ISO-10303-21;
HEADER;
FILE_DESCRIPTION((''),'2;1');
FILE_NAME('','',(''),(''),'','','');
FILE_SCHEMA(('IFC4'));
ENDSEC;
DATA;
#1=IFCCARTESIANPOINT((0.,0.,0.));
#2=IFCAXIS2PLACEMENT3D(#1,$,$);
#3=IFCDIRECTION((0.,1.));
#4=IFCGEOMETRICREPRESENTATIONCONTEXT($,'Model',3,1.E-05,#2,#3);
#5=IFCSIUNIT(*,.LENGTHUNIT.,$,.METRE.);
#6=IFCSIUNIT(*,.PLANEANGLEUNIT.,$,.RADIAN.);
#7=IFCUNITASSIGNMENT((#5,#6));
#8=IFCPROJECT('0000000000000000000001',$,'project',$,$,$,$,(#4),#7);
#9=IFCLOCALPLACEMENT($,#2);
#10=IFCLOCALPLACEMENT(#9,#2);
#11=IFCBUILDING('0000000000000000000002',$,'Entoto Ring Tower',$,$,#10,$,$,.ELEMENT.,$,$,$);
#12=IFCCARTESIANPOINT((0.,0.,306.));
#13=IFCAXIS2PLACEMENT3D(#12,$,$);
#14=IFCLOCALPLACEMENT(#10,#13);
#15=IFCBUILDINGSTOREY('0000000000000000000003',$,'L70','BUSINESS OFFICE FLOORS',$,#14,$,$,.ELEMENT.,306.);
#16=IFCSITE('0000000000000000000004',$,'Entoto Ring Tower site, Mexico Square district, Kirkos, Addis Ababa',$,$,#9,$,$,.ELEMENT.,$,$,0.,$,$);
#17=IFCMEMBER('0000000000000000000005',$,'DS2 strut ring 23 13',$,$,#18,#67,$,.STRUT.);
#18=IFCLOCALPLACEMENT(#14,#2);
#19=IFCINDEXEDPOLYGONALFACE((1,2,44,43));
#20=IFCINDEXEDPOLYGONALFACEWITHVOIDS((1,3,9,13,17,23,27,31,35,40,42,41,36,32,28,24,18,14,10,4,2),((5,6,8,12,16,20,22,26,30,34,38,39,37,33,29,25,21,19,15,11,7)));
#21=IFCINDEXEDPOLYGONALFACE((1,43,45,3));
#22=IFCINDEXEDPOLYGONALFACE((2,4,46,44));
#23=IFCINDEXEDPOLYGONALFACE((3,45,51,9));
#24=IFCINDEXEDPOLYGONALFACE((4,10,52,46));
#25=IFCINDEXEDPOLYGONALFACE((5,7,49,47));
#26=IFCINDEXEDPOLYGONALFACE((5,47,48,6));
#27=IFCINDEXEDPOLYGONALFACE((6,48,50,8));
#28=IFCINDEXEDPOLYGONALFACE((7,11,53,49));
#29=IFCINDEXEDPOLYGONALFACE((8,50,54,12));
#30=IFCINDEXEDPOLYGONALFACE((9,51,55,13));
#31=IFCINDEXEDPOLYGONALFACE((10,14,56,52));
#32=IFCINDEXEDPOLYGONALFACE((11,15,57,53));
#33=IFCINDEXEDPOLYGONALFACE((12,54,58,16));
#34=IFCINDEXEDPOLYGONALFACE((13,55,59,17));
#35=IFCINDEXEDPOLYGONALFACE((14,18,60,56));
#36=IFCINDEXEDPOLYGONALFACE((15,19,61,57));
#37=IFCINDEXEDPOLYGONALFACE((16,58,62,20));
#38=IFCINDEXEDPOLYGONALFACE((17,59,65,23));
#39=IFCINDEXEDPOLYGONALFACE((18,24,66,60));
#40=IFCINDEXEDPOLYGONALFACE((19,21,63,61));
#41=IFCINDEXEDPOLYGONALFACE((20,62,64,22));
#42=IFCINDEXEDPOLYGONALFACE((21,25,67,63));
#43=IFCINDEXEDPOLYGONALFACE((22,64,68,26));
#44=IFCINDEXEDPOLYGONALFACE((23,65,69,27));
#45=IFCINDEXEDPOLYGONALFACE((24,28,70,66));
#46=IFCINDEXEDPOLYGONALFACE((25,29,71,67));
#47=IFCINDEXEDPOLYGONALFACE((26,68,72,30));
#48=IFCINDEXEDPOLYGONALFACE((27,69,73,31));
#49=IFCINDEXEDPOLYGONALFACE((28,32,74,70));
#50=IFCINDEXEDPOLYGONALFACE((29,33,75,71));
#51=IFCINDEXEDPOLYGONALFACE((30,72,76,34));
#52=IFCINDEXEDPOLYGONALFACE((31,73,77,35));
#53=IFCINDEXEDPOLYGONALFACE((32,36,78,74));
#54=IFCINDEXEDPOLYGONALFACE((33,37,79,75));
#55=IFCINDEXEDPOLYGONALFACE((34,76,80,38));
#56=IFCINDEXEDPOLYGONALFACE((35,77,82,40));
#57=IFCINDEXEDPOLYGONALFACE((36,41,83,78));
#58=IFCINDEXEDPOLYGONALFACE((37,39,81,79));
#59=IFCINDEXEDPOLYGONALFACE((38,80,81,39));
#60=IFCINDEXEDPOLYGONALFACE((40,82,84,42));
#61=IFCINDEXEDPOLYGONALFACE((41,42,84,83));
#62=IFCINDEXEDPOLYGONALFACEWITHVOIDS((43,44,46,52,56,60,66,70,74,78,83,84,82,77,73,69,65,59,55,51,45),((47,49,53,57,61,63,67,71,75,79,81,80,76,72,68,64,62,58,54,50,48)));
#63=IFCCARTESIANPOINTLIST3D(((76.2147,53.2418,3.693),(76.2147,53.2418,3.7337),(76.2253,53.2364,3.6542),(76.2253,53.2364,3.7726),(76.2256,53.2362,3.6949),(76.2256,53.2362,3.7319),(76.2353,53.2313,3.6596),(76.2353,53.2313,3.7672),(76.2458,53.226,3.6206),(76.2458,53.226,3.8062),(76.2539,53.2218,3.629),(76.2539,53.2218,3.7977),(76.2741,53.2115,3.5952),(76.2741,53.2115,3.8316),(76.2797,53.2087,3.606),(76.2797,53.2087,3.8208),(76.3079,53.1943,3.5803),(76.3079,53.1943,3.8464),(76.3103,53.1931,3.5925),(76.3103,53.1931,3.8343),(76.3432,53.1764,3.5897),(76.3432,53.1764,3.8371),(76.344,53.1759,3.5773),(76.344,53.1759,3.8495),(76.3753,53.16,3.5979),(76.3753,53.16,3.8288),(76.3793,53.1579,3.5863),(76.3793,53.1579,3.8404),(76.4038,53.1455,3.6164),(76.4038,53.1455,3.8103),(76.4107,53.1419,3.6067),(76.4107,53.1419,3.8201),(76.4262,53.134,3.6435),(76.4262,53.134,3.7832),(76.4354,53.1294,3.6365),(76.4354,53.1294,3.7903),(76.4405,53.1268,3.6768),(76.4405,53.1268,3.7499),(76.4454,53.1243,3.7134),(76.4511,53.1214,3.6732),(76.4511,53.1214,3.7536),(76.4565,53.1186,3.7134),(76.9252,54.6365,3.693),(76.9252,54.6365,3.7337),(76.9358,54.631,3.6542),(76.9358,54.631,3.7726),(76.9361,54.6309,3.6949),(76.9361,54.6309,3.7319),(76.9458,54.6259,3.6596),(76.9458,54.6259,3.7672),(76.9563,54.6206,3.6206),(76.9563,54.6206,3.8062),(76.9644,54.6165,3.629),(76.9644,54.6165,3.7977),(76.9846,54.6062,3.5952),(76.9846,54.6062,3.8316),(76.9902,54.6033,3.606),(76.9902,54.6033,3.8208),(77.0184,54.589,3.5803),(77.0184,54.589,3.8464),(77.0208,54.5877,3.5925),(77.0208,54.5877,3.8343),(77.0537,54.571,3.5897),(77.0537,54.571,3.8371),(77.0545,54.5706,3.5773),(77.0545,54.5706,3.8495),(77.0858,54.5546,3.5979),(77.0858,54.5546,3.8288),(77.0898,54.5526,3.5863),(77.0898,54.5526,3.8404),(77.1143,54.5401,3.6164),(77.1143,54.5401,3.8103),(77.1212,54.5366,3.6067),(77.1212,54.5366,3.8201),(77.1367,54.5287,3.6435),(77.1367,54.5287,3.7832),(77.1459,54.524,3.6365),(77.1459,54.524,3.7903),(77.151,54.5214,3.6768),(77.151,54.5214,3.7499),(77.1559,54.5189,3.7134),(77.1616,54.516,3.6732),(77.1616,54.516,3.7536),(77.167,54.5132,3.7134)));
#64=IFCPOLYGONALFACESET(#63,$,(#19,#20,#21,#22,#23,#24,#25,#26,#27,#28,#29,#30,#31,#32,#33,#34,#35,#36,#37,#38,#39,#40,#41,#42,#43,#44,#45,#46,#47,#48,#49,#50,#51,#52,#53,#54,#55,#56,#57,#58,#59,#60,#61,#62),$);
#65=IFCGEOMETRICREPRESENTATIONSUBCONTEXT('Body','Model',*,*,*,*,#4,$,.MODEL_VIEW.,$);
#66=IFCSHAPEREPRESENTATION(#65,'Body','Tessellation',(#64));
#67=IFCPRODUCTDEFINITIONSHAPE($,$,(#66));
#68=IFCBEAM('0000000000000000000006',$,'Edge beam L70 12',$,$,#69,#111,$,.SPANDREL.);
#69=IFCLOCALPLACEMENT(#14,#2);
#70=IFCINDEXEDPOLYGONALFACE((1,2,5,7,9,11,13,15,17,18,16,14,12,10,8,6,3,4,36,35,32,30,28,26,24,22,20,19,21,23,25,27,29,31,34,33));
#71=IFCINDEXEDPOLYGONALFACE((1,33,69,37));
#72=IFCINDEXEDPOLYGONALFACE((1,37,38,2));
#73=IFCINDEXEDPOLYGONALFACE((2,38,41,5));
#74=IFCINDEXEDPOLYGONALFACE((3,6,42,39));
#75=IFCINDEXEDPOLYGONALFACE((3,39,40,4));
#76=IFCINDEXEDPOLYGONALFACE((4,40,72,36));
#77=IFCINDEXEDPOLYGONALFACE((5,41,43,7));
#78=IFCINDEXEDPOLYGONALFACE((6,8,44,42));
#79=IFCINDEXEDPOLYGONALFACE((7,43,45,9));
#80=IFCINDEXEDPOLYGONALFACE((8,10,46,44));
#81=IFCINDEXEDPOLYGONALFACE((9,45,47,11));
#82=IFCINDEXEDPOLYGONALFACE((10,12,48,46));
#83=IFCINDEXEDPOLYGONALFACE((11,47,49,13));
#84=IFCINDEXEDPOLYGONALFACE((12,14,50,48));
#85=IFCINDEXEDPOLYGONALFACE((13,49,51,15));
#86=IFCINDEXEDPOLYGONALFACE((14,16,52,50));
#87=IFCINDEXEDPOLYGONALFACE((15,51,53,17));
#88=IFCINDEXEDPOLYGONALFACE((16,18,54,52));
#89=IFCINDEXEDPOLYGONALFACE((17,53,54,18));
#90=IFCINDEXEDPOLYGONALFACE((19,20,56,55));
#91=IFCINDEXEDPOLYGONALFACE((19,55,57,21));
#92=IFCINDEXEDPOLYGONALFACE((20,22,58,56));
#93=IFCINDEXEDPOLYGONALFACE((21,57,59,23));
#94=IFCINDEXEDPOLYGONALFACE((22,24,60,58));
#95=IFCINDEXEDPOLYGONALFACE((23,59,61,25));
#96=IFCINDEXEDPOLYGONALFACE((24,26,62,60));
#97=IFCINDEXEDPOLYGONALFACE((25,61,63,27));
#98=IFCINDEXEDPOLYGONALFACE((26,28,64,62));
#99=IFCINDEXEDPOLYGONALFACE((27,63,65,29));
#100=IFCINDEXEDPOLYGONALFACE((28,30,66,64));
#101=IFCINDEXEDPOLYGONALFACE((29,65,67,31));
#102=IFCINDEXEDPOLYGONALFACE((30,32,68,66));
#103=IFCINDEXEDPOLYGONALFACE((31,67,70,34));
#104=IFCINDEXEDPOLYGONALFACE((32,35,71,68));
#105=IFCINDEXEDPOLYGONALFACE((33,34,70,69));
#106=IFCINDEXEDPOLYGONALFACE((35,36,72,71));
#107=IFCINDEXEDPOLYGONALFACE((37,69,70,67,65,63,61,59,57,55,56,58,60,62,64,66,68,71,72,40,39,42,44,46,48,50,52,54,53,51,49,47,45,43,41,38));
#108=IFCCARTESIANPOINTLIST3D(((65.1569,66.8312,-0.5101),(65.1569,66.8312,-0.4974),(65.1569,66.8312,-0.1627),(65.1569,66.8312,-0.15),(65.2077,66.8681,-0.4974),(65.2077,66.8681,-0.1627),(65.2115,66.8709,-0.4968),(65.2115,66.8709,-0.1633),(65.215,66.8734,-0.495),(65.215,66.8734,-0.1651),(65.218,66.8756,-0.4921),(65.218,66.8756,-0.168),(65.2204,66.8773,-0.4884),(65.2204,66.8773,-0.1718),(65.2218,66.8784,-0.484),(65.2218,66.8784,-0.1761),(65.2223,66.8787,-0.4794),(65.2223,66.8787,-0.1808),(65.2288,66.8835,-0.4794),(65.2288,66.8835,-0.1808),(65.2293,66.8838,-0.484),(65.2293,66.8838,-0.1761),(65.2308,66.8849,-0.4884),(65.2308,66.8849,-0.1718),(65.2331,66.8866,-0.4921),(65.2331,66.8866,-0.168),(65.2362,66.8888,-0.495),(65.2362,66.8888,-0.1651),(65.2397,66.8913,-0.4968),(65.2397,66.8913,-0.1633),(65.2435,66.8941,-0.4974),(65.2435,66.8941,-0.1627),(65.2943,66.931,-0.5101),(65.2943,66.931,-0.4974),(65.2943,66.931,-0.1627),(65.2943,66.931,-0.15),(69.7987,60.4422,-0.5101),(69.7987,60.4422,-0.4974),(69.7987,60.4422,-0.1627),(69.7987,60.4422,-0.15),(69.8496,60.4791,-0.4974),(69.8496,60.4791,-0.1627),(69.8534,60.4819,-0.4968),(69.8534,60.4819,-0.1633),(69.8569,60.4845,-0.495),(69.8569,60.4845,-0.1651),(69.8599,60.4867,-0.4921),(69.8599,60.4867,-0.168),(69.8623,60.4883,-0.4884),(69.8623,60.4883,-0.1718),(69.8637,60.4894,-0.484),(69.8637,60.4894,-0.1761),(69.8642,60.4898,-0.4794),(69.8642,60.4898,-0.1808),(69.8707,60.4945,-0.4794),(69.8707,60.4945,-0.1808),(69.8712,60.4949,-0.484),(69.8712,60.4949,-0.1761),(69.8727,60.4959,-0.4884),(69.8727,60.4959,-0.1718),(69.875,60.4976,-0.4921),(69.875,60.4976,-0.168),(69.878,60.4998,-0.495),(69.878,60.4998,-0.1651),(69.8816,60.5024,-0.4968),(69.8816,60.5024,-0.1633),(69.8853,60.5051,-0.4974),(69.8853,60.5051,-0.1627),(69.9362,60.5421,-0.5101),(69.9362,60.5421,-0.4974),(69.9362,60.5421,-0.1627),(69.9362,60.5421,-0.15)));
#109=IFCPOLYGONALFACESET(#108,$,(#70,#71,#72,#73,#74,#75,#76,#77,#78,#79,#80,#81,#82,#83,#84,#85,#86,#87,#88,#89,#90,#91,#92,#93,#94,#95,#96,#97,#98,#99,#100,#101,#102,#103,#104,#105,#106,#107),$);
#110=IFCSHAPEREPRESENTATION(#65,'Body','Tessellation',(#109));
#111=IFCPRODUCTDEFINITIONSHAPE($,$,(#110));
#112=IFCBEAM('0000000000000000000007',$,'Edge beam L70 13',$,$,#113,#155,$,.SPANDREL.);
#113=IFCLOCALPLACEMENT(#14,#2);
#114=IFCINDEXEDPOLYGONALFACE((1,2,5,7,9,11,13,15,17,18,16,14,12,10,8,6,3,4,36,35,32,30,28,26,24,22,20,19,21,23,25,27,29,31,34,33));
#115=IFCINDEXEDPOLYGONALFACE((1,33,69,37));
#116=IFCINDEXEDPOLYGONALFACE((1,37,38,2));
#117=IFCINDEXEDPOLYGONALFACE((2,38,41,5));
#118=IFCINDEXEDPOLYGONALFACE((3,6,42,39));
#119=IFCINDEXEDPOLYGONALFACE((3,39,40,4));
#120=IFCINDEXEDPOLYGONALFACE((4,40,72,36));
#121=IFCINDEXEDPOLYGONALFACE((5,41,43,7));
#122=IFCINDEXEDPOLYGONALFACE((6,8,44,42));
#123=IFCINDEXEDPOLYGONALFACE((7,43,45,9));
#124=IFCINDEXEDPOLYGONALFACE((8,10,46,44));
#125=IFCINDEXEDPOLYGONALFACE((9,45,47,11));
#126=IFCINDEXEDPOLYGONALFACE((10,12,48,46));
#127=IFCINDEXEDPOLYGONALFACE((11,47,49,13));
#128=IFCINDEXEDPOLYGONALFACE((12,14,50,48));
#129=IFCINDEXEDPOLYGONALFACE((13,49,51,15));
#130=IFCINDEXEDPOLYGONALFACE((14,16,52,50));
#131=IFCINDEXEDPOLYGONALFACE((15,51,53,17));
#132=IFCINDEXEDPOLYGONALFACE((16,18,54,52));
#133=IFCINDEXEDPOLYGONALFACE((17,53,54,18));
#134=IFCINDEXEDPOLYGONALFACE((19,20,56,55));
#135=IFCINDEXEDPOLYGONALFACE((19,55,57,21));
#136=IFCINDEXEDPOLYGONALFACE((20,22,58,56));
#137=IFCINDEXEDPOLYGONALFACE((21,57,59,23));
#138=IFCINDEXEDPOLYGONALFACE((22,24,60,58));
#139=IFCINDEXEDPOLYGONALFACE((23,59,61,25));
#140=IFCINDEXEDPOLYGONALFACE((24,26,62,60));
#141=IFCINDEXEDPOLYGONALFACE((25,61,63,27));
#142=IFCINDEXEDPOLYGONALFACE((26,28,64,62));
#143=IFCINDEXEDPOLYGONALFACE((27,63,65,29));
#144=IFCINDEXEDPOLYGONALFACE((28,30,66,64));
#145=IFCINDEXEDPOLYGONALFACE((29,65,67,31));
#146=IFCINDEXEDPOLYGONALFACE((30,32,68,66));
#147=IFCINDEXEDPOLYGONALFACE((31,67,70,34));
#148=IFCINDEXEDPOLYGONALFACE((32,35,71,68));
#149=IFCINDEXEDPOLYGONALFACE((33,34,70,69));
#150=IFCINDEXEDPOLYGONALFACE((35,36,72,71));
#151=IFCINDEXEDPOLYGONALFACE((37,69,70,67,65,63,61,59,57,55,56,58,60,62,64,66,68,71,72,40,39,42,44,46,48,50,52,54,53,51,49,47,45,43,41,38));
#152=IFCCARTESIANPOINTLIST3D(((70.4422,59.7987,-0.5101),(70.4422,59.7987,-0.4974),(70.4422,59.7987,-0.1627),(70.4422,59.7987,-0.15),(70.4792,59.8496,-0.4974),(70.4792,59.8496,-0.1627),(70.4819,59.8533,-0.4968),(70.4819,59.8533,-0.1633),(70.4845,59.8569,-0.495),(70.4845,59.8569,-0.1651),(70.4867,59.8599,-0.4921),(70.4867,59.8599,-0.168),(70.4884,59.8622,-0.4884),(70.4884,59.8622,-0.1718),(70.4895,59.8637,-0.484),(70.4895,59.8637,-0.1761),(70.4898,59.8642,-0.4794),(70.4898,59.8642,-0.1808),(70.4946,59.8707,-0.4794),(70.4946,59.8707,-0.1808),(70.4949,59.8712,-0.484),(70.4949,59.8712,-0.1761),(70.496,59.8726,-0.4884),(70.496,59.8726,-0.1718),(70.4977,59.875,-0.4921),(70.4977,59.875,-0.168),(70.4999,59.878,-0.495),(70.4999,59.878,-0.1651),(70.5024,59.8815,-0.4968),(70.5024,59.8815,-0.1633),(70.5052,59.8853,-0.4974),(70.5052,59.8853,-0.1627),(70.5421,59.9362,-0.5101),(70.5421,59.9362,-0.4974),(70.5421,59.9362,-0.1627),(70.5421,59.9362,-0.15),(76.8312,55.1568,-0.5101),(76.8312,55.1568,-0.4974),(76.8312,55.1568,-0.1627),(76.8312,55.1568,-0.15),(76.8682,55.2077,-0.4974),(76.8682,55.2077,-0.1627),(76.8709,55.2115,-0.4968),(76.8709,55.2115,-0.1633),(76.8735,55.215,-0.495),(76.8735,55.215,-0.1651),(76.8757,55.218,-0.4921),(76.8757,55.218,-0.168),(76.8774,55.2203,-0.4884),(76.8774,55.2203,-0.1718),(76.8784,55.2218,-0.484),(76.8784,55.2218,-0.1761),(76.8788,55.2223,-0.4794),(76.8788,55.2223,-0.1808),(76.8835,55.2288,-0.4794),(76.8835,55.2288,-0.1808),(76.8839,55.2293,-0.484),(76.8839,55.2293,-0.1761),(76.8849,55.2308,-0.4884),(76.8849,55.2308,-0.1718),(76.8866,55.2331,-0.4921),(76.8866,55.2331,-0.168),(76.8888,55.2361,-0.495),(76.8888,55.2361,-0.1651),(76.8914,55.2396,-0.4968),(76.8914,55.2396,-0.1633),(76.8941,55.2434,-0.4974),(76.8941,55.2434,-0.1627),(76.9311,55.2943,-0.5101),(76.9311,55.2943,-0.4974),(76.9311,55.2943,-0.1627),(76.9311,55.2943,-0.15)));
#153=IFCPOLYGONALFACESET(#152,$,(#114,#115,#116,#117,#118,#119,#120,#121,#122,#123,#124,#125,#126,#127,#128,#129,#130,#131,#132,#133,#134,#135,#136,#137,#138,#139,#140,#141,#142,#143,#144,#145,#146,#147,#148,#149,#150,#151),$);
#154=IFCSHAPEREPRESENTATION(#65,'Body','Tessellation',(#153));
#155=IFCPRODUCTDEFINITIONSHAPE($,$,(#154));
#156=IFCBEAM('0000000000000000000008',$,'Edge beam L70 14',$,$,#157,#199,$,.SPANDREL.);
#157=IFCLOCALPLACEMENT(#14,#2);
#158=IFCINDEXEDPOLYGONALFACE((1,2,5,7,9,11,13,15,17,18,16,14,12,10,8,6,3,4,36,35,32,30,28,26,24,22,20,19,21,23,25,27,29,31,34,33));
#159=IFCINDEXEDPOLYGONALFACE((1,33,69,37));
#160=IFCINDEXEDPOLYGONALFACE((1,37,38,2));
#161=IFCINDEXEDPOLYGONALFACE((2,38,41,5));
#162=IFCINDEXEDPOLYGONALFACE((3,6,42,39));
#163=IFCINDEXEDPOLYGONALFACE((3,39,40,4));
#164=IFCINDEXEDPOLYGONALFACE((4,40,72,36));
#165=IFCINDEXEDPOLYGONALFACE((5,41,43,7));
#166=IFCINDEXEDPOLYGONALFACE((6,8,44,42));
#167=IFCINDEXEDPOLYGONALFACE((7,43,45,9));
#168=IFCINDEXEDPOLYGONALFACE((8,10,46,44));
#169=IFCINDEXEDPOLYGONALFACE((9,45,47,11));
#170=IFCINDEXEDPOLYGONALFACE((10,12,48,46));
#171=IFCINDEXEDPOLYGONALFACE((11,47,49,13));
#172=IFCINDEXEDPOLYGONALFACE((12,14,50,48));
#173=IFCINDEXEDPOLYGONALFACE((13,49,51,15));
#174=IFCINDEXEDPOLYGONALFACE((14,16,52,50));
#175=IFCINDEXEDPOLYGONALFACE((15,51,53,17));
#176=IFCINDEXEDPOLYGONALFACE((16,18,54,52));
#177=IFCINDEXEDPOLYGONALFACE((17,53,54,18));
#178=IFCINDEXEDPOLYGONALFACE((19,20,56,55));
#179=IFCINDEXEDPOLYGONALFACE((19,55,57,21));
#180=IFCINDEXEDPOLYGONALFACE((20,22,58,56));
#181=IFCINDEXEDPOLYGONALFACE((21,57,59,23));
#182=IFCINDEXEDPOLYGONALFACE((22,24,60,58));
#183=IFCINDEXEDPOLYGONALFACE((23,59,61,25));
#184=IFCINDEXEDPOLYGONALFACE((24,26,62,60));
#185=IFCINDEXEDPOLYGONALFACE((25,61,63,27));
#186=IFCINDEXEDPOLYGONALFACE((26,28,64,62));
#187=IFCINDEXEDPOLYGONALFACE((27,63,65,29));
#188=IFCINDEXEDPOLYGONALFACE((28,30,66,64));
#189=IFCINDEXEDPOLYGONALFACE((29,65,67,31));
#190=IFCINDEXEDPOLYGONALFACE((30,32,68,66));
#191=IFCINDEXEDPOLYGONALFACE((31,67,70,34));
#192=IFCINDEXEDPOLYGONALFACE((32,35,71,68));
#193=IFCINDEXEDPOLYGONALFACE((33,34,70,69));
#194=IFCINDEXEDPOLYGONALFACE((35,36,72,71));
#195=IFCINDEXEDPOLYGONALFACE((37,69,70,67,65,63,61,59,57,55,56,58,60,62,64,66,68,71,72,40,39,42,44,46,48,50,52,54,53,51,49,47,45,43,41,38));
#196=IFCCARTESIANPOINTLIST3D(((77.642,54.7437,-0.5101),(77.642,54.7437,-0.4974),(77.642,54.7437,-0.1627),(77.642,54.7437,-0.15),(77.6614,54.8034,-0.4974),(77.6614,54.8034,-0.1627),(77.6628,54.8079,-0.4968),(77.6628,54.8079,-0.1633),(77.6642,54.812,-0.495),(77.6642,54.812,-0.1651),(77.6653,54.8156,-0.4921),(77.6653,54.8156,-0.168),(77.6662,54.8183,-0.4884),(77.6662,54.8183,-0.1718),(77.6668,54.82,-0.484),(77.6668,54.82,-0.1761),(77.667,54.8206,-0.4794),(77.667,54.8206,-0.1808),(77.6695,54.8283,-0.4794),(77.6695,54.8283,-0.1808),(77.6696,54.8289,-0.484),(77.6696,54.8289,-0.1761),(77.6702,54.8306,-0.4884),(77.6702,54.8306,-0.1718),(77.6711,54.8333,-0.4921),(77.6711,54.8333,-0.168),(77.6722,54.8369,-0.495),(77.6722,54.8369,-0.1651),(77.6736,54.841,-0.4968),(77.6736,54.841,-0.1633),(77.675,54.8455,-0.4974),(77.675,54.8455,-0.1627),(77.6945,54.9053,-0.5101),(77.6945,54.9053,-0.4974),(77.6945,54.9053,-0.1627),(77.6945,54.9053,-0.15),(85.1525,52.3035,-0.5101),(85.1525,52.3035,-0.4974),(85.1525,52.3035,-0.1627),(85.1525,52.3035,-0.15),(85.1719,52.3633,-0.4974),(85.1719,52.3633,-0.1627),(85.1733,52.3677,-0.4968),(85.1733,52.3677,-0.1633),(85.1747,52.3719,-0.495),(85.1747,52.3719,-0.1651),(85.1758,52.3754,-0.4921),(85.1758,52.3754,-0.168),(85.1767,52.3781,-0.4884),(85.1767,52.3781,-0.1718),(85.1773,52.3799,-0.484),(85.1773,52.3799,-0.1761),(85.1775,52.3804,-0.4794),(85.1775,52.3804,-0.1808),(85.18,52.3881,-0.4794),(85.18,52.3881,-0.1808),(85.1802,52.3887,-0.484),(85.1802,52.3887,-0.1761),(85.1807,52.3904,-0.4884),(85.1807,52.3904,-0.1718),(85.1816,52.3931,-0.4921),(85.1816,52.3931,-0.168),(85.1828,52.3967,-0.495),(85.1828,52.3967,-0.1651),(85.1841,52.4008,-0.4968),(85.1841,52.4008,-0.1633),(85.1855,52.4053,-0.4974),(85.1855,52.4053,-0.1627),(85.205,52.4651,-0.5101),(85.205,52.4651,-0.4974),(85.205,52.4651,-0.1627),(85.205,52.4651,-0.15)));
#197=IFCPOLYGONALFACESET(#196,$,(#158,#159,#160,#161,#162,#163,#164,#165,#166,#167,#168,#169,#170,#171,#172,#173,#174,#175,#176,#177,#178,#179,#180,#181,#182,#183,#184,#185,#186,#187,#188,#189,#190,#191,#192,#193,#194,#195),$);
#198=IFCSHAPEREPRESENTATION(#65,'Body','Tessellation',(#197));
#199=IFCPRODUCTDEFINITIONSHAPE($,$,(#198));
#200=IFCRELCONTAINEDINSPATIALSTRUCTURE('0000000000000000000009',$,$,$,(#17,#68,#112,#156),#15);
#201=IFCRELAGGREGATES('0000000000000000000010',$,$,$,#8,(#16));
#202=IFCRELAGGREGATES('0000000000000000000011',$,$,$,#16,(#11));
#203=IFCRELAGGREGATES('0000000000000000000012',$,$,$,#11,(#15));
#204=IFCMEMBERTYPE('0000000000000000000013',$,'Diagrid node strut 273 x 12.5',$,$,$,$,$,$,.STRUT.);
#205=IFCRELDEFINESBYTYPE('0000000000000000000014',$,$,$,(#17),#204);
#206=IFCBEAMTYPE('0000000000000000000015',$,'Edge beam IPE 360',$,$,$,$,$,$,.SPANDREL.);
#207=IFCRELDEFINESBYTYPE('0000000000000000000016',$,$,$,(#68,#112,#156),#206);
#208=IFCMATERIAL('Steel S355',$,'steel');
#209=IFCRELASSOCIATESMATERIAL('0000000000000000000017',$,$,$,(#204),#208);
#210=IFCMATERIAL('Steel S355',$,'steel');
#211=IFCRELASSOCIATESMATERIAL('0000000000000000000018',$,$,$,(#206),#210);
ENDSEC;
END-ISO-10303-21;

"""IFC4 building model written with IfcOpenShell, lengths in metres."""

from ifc_helpers import new_model, si_unit, direction, frame, origin, origin_2d, place, context, subcontext, project, spatial, circle, hollow_circle, i_section, extrude, material, material_profile, profile_set, type_object, element, save


model = new_model("IFC4")

# Units and contexts
model_context = context("Model", 3, precision=1e-05, world=origin(), true_north=direction((0.0, 1.0)))
body_context = subcontext(model_context, "Body", "Model", "MODEL_VIEW")
ifc_project = project(units=[si_unit("LENGTHUNIT", "METRE"), si_unit("PLANEANGLEUNIT", "RADIAN")], contexts=[model_context])

# Site, building, storey
site_placement = place(None, origin())
site = spatial("IfcSite", under=ifc_project, at=site_placement, Name="Entoto Ring Tower site, Mexico Square district, Kirkos, Addis Ababa", CompositionType="ELEMENT", RefElevation=0.0)
building_placement = place(site_placement, origin())
building = spatial("IfcBuilding", under=site, at=building_placement, Name="Entoto Ring Tower", CompositionType="ELEMENT")
storey_placement = place(building_placement, frame((0.0, 0.0, 306.0)))
storey = spatial("IfcBuildingStorey", under=building, at=storey_placement, Name="L70", Description="BUSINESS OFFICE FLOORS", CompositionType="ELEMENT", Elevation=306.0)

# Member
ifc_material_1 = material(Name="Steel S355", Category="steel")
ifc_material_profile_1 = material_profile(ifc_material_1, hollow_circle(Radius=0.1365, WallThickness=0.0125, at=origin_2d()), Name="CHS 273 x 12.5")
ifc_material_2 = material(Name="Concrete C60/75", Category="concrete")
ifc_material_profile_2 = material_profile(ifc_material_2, circle(Radius=0.124, at=origin_2d()), Name="Concrete C60/75 infill")
ifc_profile_set_1 = profile_set([ifc_material_profile_1, ifc_material_profile_2], Name="Steel S355")
member_type = type_object("IfcMemberType", Name="Diagrid node strut 273 x 12.5", PredefinedType="STRUT", material=ifc_profile_set_1)
for number, where, z_axis, x_axis, name in (
    (1, (77.0454, 54.5752, 3.7134), (-0.45394, -0.891032, 0.0), (0.891032, -0.45394, 0.0), "DS2 strut ring 23 13"),
):
    element("IfcMember", number, at=place(storey_placement, frame(where, z_axis=z_axis, x_axis=x_axis)), inside=storey, type_object=member_type, Name=name, PredefinedType="STRUT", context=body_context, shape_type="SweptSolid", body=[
        extrude(hollow_circle(Radius=0.1365, WallThickness=0.0125, at=origin_2d()), origin(), (0.0, 0.0, 1.0), 1.5652),
    ])

# Beams
ifc_material_3 = material(Name="Steel S355", Category="steel")
ifc_material_profile_3 = material_profile(ifc_material_3, i_section(OverallWidth=0.1699, OverallDepth=0.3601, WebThickness=0.0081, FlangeThickness=0.0127, FilletRadius=0.0181, at=origin_2d()), Name="IPE 360")
ifc_profile_set_2 = profile_set([ifc_material_profile_3], Name="Steel S355")
beam_type_1 = type_object("IfcBeamType", Name="Edge beam IPE 360", PredefinedType="SPANDREL", material=ifc_profile_set_2)
for number, where, z_axis, x_axis, name in (
    (2, (65.2256, 66.8811, -0.3301), (0.587787, -0.809015, 0.0), (0.809015, 0.587787, 0.0), "Edge beam L70 12"),
    (3, (70.4922, 59.8674, -0.3301), (0.809015, -0.587787, 0.0), (0.587787, 0.809015, 0.0), "Edge beam L70 13"),
):
    element("IfcBeam", number, at=place(storey_placement, frame(where, z_axis=z_axis, x_axis=x_axis)), inside=storey, type_object=beam_type_1, Name=name, PredefinedType="SPANDREL", context=body_context, shape_type="SweptSolid", body=[
        extrude(i_section(OverallWidth=0.1699, OverallDepth=0.3601, WebThickness=0.0081, FlangeThickness=0.0127, FilletRadius=0.0181, at=origin_2d()), origin(), (0.0, 0.0, 1.0), 7.8972),
    ])
beam_1_placement = place(storey_placement, frame((77.6682, 54.8245, -0.3301), z_axis=(0.951061, -0.309003, 0.0), x_axis=(0.309003, 0.951061, 0.0)))
element("IfcBeam", 4, at=beam_1_placement, inside=storey, type_object=beam_type_1, Name="Edge beam L70 14", PredefinedType="SPANDREL", context=body_context, shape_type="SweptSolid", body=[
    extrude(i_section(OverallWidth=0.1699, OverallDepth=0.3601, WebThickness=0.0081, FlangeThickness=0.0127, FilletRadius=0.0181, at=origin_2d()), origin(), (0.0, 0.0, 1.0), 7.897),
])

save(model, "model.ifc")
